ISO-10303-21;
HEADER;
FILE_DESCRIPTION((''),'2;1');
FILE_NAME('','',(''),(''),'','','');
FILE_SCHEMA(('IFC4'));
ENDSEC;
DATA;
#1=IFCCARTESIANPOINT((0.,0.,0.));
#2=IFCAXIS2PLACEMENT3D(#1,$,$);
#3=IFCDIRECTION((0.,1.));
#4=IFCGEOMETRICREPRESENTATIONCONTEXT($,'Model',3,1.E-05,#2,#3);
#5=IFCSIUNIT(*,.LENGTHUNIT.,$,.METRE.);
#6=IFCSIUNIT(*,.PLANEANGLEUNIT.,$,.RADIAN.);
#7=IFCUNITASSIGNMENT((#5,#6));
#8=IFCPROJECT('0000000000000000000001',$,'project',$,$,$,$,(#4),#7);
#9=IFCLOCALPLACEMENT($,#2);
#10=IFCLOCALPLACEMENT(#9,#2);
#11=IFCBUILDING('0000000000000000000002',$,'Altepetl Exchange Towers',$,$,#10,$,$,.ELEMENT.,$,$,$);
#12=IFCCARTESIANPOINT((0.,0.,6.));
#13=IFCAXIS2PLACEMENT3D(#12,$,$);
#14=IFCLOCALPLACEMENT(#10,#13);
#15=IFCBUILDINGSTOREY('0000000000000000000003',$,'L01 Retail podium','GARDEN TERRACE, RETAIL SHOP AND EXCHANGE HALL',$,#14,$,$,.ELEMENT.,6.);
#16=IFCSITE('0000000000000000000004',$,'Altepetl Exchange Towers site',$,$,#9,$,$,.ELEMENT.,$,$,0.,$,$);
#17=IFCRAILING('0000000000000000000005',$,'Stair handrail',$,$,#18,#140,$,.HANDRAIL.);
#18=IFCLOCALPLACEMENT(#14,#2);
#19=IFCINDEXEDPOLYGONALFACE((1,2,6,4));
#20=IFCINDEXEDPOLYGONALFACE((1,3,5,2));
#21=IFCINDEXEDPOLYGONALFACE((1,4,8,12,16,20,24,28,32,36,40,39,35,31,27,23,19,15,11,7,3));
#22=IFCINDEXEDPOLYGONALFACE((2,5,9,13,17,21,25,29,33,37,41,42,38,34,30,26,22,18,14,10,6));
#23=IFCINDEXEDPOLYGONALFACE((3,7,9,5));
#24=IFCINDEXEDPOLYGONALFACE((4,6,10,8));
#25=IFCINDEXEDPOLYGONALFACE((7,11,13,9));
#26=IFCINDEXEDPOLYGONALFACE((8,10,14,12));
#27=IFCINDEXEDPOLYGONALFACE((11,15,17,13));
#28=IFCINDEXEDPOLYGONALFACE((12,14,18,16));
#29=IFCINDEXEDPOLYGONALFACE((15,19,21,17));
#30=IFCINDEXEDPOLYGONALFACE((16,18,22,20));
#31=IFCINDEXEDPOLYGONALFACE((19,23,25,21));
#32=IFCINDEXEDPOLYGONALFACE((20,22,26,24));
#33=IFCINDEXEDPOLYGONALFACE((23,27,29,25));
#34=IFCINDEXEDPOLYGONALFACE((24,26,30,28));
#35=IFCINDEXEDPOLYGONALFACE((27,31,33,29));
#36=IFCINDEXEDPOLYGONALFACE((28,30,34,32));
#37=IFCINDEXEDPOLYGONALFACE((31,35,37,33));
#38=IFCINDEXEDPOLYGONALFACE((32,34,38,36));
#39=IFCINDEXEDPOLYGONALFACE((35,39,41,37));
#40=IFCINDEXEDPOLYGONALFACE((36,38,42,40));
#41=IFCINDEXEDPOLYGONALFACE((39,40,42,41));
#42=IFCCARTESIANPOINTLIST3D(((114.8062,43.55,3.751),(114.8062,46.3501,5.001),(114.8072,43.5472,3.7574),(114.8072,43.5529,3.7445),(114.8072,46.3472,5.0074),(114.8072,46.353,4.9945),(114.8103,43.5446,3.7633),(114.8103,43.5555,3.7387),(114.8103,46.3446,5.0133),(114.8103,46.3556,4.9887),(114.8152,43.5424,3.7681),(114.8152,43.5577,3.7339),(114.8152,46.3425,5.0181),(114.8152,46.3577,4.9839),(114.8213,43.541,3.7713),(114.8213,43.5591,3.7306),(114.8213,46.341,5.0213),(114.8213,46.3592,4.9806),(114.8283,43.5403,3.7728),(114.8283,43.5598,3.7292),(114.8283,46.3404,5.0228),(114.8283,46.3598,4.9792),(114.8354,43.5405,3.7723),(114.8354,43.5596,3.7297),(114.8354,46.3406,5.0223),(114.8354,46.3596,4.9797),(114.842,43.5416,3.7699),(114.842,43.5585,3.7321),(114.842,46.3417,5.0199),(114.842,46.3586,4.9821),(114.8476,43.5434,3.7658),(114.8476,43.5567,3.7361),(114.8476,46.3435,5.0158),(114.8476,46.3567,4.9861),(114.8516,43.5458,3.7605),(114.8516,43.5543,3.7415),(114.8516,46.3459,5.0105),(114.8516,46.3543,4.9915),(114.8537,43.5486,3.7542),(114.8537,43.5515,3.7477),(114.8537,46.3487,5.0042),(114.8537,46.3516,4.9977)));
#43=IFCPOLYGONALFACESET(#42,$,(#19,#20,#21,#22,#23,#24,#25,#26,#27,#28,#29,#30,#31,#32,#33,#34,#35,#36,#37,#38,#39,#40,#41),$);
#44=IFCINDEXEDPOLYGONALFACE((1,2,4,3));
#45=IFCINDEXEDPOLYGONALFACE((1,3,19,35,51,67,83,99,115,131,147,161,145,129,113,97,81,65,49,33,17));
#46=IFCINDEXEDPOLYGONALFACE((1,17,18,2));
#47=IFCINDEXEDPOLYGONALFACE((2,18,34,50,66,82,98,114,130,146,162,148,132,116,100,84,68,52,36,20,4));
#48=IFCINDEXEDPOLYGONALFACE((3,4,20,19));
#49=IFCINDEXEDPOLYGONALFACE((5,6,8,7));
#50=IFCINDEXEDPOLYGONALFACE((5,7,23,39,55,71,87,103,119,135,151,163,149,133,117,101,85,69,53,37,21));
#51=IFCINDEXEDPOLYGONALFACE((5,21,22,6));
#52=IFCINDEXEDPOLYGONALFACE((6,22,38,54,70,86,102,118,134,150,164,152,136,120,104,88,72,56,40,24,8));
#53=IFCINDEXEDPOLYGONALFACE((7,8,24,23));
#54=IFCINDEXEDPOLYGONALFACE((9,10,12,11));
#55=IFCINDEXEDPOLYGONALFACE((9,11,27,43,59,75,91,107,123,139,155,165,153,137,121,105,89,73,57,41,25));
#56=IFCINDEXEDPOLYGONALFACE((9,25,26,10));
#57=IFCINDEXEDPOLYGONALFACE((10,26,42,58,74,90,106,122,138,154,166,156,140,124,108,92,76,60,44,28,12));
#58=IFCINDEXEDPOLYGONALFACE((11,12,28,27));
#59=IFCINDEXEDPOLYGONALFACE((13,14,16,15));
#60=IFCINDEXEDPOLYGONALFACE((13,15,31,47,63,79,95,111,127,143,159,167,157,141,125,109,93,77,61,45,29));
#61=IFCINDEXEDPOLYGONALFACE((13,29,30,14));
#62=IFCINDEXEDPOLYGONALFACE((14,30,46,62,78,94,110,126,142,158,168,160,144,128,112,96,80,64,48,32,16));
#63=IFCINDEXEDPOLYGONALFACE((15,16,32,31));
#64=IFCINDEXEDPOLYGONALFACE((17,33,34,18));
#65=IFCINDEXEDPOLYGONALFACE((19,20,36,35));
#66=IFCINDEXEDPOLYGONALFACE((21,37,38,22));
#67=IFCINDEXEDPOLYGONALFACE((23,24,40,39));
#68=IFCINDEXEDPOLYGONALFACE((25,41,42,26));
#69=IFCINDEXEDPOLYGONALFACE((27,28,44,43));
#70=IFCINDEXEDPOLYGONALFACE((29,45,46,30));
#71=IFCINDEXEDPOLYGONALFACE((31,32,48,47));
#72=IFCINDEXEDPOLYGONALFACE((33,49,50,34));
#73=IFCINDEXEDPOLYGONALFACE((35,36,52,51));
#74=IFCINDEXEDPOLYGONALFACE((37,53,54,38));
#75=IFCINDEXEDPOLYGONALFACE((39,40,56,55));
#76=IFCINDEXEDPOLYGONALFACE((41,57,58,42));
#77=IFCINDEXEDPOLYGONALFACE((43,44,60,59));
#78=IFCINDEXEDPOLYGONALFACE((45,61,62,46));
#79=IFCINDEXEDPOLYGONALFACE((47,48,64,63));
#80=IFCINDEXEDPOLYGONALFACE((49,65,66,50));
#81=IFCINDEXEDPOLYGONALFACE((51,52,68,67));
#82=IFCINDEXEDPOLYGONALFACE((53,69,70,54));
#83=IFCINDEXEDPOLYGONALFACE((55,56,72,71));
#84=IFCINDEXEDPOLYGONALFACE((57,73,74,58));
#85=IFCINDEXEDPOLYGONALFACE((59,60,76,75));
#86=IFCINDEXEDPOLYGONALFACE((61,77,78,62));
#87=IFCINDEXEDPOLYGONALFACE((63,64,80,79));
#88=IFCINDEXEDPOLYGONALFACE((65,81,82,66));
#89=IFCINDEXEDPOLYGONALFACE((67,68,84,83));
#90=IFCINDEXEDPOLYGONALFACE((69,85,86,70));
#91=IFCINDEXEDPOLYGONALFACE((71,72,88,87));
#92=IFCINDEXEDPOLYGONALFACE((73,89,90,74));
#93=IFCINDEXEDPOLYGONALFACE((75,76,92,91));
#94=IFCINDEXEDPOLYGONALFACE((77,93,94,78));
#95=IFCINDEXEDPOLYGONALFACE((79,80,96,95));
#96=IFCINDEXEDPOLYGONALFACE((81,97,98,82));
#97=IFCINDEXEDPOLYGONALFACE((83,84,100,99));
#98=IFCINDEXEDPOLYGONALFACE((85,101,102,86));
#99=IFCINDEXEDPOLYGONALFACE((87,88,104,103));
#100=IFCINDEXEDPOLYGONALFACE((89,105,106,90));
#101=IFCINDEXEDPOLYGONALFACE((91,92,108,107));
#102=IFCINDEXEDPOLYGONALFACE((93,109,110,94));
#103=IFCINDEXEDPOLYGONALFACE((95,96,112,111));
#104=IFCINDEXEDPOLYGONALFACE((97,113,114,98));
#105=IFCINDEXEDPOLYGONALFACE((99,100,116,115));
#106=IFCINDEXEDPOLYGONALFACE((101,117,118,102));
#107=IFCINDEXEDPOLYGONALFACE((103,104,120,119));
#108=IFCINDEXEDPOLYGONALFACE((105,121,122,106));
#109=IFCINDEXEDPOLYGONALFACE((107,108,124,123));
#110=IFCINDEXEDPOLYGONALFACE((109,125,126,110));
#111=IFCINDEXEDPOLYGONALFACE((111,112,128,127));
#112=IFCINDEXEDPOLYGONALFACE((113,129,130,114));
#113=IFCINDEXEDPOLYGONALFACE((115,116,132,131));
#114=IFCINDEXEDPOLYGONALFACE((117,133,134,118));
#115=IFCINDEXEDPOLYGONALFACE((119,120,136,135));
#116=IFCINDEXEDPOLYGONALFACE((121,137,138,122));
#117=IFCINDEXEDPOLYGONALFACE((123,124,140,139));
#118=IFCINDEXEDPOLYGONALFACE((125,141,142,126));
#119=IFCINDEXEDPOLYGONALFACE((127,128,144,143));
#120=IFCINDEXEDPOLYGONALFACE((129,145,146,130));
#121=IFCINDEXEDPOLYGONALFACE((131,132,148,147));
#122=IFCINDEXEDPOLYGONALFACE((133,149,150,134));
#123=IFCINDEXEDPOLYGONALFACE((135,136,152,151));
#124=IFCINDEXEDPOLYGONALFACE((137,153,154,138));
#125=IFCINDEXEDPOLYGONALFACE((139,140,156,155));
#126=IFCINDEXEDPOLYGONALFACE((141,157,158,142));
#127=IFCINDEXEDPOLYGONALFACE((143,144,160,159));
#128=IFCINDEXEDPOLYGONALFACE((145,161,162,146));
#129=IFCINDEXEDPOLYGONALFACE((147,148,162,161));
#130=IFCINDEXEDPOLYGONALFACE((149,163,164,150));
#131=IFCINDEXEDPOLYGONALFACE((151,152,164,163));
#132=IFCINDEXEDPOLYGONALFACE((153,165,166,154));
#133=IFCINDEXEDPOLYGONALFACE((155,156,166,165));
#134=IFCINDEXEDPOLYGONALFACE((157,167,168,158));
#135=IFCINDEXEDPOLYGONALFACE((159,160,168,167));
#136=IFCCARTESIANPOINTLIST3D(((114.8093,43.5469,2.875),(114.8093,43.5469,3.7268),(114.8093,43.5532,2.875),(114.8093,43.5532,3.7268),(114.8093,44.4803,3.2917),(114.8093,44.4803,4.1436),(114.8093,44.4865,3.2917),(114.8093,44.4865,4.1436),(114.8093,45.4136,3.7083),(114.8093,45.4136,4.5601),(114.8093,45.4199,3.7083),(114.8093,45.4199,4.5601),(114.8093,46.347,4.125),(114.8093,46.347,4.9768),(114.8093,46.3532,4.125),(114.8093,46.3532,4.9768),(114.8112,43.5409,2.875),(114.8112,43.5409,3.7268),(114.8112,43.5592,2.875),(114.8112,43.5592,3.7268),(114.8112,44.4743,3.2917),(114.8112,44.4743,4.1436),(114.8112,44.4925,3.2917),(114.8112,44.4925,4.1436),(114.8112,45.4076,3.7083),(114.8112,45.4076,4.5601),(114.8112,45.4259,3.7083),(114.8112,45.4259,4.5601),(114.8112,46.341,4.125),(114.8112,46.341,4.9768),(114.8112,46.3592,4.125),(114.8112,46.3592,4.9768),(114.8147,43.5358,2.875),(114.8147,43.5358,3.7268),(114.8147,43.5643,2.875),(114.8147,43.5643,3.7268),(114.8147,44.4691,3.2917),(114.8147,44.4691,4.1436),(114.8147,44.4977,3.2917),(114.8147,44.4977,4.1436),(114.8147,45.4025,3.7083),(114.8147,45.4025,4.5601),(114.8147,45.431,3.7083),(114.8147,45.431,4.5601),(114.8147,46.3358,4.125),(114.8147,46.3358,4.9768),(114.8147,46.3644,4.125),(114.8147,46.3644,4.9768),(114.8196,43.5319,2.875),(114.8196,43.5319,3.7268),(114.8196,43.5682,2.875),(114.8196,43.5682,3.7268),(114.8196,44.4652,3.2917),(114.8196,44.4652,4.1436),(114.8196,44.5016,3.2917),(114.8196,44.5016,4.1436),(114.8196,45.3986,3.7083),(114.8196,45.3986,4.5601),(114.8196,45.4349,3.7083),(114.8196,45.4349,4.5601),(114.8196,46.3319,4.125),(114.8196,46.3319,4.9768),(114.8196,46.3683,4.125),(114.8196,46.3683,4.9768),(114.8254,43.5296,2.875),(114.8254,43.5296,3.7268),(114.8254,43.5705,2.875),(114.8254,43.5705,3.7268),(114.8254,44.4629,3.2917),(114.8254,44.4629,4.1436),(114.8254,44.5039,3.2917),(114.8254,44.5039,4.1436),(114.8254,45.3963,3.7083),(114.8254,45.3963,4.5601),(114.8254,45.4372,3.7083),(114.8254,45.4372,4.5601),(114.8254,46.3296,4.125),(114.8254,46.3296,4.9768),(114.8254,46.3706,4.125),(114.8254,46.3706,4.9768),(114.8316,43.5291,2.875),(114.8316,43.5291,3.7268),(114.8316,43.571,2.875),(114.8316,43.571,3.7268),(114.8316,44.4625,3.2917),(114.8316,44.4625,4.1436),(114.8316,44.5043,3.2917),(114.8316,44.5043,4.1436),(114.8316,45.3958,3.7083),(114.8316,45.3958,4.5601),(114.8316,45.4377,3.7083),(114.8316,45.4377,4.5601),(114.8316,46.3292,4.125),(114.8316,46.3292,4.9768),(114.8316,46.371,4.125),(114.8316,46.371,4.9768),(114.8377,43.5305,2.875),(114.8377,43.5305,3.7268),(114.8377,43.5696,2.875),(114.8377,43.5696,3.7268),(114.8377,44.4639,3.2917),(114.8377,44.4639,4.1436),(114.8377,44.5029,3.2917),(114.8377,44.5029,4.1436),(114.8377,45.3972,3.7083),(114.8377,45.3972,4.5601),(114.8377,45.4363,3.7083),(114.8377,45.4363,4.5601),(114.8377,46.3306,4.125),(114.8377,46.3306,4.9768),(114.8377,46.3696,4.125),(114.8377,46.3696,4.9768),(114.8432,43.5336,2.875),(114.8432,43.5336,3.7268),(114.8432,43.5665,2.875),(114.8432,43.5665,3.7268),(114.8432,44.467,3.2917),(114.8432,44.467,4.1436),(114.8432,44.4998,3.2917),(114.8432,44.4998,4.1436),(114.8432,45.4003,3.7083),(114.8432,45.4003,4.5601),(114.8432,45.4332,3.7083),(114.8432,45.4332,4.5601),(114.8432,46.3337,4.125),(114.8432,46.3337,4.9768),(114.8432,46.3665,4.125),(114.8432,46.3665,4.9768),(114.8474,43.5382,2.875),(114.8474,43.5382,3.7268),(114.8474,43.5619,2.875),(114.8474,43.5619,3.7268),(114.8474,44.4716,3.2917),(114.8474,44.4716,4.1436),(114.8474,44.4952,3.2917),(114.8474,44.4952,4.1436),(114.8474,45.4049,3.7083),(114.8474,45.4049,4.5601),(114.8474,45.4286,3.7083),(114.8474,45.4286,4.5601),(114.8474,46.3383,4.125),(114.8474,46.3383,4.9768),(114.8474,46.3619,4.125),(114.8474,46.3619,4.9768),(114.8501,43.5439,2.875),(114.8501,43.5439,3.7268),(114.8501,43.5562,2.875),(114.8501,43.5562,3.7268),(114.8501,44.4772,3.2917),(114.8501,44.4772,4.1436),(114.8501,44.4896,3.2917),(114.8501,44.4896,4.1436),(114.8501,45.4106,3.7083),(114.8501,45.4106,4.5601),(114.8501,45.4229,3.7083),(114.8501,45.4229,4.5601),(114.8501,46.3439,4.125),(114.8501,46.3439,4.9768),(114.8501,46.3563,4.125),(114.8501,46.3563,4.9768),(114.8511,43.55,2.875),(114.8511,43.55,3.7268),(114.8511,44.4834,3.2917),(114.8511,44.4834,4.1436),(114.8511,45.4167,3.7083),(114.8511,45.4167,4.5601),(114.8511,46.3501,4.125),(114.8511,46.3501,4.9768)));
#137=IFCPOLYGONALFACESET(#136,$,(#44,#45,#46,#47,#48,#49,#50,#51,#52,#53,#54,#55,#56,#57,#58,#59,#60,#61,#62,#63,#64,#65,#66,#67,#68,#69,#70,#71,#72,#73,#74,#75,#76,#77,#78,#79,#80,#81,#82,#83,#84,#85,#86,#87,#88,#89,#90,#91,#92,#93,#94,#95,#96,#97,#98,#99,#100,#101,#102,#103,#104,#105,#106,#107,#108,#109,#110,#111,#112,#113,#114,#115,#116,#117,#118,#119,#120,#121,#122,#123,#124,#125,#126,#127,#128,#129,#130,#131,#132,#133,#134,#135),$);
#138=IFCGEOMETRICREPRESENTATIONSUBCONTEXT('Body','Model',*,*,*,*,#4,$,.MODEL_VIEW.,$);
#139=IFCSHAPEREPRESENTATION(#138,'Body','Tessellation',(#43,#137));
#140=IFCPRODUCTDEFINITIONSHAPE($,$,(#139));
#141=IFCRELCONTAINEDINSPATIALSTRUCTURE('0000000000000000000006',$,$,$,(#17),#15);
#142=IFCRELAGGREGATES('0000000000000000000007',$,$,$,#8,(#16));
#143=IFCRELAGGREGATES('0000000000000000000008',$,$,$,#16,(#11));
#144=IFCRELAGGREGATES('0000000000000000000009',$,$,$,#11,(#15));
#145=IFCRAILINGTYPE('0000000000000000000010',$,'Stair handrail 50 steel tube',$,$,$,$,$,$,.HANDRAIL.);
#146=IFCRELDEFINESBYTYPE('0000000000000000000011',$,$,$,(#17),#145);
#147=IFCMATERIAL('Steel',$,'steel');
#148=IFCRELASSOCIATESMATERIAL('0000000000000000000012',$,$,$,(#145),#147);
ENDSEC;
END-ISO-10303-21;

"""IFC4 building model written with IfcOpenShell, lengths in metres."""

from ifc_helpers import new_model, si_unit, direction, frame, origin, origin_2d, place, context, subcontext, project, spatial, circle, extrude, source, transform, mapped, material, type_object, element, save


model = new_model("IFC4")

# Units and contexts
model_context = context("Model", 3, precision=1e-05, world=origin(), true_north=direction((0.0, 1.0)))
body_context = subcontext(model_context, "Body", "Model", "MODEL_VIEW")
ifc_project = project(units=[si_unit("LENGTHUNIT", "METRE"), si_unit("PLANEANGLEUNIT", "RADIAN")], contexts=[model_context])

# Site, building, storey
site_placement = place(None, origin())
site = spatial("IfcSite", under=ifc_project, at=site_placement, Name="Altepetl Exchange Towers site", CompositionType="ELEMENT", RefElevation=0.0)
building_placement = place(site_placement, origin())
building = spatial("IfcBuilding", under=site, at=building_placement, Name="Altepetl Exchange Towers", CompositionType="ELEMENT")
storey_placement = place(building_placement, frame((0.0, 0.0, 6.0)))
storey = spatial("IfcBuildingStorey", under=building, at=storey_placement, Name="L01 Retail podium", Description="GARDEN TERRACE, RETAIL SHOP AND EXCHANGE HALL", CompositionType="ELEMENT", Elevation=6.0)

# Railing
ifc_material_1 = material(Name="Steel", Category="steel")
railing_type = type_object("IfcRailingType", Name="Stair handrail 50 steel tube", PredefinedType="HANDRAIL", material=ifc_material_1)
shared_shape = source(origin(), body_context, "Body", "SweptSolid", [
    extrude(circle(Radius=0.021, at=origin_2d()), origin(), (0.0, 0.0, 1.0), 0.8518),
])
for number, where, name in (
    (1, (114.8301, 43.55, 2.875), "Stair handrail"),
):
    element("IfcRailing", number, at=place(storey_placement, frame(where)), inside=storey, type_object=railing_type, Name=name, PredefinedType="HANDRAIL", context=body_context, shape_type="SweptSolid", body=[
        extrude(circle(Radius=0.0239, at=origin_2d()), frame((0.0, 0.0, 0.876), z_axis=(0.0, 0.913141, 0.407645), x_axis=(-1.0, 0.0, 0.0)), (0.0, 0.0, 1.0), 3.0664),
        mapped(shared_shape, transform((0.0, 0.0, 0.0))),
        mapped(shared_shape, transform((0.0, 0.9333, 0.4167))),
        mapped(shared_shape, transform((0.0, 1.8667, 0.8333))),
        mapped(shared_shape, transform((0.0, 2.8, 1.25))),
    ])

save(model, "model.ifc")
